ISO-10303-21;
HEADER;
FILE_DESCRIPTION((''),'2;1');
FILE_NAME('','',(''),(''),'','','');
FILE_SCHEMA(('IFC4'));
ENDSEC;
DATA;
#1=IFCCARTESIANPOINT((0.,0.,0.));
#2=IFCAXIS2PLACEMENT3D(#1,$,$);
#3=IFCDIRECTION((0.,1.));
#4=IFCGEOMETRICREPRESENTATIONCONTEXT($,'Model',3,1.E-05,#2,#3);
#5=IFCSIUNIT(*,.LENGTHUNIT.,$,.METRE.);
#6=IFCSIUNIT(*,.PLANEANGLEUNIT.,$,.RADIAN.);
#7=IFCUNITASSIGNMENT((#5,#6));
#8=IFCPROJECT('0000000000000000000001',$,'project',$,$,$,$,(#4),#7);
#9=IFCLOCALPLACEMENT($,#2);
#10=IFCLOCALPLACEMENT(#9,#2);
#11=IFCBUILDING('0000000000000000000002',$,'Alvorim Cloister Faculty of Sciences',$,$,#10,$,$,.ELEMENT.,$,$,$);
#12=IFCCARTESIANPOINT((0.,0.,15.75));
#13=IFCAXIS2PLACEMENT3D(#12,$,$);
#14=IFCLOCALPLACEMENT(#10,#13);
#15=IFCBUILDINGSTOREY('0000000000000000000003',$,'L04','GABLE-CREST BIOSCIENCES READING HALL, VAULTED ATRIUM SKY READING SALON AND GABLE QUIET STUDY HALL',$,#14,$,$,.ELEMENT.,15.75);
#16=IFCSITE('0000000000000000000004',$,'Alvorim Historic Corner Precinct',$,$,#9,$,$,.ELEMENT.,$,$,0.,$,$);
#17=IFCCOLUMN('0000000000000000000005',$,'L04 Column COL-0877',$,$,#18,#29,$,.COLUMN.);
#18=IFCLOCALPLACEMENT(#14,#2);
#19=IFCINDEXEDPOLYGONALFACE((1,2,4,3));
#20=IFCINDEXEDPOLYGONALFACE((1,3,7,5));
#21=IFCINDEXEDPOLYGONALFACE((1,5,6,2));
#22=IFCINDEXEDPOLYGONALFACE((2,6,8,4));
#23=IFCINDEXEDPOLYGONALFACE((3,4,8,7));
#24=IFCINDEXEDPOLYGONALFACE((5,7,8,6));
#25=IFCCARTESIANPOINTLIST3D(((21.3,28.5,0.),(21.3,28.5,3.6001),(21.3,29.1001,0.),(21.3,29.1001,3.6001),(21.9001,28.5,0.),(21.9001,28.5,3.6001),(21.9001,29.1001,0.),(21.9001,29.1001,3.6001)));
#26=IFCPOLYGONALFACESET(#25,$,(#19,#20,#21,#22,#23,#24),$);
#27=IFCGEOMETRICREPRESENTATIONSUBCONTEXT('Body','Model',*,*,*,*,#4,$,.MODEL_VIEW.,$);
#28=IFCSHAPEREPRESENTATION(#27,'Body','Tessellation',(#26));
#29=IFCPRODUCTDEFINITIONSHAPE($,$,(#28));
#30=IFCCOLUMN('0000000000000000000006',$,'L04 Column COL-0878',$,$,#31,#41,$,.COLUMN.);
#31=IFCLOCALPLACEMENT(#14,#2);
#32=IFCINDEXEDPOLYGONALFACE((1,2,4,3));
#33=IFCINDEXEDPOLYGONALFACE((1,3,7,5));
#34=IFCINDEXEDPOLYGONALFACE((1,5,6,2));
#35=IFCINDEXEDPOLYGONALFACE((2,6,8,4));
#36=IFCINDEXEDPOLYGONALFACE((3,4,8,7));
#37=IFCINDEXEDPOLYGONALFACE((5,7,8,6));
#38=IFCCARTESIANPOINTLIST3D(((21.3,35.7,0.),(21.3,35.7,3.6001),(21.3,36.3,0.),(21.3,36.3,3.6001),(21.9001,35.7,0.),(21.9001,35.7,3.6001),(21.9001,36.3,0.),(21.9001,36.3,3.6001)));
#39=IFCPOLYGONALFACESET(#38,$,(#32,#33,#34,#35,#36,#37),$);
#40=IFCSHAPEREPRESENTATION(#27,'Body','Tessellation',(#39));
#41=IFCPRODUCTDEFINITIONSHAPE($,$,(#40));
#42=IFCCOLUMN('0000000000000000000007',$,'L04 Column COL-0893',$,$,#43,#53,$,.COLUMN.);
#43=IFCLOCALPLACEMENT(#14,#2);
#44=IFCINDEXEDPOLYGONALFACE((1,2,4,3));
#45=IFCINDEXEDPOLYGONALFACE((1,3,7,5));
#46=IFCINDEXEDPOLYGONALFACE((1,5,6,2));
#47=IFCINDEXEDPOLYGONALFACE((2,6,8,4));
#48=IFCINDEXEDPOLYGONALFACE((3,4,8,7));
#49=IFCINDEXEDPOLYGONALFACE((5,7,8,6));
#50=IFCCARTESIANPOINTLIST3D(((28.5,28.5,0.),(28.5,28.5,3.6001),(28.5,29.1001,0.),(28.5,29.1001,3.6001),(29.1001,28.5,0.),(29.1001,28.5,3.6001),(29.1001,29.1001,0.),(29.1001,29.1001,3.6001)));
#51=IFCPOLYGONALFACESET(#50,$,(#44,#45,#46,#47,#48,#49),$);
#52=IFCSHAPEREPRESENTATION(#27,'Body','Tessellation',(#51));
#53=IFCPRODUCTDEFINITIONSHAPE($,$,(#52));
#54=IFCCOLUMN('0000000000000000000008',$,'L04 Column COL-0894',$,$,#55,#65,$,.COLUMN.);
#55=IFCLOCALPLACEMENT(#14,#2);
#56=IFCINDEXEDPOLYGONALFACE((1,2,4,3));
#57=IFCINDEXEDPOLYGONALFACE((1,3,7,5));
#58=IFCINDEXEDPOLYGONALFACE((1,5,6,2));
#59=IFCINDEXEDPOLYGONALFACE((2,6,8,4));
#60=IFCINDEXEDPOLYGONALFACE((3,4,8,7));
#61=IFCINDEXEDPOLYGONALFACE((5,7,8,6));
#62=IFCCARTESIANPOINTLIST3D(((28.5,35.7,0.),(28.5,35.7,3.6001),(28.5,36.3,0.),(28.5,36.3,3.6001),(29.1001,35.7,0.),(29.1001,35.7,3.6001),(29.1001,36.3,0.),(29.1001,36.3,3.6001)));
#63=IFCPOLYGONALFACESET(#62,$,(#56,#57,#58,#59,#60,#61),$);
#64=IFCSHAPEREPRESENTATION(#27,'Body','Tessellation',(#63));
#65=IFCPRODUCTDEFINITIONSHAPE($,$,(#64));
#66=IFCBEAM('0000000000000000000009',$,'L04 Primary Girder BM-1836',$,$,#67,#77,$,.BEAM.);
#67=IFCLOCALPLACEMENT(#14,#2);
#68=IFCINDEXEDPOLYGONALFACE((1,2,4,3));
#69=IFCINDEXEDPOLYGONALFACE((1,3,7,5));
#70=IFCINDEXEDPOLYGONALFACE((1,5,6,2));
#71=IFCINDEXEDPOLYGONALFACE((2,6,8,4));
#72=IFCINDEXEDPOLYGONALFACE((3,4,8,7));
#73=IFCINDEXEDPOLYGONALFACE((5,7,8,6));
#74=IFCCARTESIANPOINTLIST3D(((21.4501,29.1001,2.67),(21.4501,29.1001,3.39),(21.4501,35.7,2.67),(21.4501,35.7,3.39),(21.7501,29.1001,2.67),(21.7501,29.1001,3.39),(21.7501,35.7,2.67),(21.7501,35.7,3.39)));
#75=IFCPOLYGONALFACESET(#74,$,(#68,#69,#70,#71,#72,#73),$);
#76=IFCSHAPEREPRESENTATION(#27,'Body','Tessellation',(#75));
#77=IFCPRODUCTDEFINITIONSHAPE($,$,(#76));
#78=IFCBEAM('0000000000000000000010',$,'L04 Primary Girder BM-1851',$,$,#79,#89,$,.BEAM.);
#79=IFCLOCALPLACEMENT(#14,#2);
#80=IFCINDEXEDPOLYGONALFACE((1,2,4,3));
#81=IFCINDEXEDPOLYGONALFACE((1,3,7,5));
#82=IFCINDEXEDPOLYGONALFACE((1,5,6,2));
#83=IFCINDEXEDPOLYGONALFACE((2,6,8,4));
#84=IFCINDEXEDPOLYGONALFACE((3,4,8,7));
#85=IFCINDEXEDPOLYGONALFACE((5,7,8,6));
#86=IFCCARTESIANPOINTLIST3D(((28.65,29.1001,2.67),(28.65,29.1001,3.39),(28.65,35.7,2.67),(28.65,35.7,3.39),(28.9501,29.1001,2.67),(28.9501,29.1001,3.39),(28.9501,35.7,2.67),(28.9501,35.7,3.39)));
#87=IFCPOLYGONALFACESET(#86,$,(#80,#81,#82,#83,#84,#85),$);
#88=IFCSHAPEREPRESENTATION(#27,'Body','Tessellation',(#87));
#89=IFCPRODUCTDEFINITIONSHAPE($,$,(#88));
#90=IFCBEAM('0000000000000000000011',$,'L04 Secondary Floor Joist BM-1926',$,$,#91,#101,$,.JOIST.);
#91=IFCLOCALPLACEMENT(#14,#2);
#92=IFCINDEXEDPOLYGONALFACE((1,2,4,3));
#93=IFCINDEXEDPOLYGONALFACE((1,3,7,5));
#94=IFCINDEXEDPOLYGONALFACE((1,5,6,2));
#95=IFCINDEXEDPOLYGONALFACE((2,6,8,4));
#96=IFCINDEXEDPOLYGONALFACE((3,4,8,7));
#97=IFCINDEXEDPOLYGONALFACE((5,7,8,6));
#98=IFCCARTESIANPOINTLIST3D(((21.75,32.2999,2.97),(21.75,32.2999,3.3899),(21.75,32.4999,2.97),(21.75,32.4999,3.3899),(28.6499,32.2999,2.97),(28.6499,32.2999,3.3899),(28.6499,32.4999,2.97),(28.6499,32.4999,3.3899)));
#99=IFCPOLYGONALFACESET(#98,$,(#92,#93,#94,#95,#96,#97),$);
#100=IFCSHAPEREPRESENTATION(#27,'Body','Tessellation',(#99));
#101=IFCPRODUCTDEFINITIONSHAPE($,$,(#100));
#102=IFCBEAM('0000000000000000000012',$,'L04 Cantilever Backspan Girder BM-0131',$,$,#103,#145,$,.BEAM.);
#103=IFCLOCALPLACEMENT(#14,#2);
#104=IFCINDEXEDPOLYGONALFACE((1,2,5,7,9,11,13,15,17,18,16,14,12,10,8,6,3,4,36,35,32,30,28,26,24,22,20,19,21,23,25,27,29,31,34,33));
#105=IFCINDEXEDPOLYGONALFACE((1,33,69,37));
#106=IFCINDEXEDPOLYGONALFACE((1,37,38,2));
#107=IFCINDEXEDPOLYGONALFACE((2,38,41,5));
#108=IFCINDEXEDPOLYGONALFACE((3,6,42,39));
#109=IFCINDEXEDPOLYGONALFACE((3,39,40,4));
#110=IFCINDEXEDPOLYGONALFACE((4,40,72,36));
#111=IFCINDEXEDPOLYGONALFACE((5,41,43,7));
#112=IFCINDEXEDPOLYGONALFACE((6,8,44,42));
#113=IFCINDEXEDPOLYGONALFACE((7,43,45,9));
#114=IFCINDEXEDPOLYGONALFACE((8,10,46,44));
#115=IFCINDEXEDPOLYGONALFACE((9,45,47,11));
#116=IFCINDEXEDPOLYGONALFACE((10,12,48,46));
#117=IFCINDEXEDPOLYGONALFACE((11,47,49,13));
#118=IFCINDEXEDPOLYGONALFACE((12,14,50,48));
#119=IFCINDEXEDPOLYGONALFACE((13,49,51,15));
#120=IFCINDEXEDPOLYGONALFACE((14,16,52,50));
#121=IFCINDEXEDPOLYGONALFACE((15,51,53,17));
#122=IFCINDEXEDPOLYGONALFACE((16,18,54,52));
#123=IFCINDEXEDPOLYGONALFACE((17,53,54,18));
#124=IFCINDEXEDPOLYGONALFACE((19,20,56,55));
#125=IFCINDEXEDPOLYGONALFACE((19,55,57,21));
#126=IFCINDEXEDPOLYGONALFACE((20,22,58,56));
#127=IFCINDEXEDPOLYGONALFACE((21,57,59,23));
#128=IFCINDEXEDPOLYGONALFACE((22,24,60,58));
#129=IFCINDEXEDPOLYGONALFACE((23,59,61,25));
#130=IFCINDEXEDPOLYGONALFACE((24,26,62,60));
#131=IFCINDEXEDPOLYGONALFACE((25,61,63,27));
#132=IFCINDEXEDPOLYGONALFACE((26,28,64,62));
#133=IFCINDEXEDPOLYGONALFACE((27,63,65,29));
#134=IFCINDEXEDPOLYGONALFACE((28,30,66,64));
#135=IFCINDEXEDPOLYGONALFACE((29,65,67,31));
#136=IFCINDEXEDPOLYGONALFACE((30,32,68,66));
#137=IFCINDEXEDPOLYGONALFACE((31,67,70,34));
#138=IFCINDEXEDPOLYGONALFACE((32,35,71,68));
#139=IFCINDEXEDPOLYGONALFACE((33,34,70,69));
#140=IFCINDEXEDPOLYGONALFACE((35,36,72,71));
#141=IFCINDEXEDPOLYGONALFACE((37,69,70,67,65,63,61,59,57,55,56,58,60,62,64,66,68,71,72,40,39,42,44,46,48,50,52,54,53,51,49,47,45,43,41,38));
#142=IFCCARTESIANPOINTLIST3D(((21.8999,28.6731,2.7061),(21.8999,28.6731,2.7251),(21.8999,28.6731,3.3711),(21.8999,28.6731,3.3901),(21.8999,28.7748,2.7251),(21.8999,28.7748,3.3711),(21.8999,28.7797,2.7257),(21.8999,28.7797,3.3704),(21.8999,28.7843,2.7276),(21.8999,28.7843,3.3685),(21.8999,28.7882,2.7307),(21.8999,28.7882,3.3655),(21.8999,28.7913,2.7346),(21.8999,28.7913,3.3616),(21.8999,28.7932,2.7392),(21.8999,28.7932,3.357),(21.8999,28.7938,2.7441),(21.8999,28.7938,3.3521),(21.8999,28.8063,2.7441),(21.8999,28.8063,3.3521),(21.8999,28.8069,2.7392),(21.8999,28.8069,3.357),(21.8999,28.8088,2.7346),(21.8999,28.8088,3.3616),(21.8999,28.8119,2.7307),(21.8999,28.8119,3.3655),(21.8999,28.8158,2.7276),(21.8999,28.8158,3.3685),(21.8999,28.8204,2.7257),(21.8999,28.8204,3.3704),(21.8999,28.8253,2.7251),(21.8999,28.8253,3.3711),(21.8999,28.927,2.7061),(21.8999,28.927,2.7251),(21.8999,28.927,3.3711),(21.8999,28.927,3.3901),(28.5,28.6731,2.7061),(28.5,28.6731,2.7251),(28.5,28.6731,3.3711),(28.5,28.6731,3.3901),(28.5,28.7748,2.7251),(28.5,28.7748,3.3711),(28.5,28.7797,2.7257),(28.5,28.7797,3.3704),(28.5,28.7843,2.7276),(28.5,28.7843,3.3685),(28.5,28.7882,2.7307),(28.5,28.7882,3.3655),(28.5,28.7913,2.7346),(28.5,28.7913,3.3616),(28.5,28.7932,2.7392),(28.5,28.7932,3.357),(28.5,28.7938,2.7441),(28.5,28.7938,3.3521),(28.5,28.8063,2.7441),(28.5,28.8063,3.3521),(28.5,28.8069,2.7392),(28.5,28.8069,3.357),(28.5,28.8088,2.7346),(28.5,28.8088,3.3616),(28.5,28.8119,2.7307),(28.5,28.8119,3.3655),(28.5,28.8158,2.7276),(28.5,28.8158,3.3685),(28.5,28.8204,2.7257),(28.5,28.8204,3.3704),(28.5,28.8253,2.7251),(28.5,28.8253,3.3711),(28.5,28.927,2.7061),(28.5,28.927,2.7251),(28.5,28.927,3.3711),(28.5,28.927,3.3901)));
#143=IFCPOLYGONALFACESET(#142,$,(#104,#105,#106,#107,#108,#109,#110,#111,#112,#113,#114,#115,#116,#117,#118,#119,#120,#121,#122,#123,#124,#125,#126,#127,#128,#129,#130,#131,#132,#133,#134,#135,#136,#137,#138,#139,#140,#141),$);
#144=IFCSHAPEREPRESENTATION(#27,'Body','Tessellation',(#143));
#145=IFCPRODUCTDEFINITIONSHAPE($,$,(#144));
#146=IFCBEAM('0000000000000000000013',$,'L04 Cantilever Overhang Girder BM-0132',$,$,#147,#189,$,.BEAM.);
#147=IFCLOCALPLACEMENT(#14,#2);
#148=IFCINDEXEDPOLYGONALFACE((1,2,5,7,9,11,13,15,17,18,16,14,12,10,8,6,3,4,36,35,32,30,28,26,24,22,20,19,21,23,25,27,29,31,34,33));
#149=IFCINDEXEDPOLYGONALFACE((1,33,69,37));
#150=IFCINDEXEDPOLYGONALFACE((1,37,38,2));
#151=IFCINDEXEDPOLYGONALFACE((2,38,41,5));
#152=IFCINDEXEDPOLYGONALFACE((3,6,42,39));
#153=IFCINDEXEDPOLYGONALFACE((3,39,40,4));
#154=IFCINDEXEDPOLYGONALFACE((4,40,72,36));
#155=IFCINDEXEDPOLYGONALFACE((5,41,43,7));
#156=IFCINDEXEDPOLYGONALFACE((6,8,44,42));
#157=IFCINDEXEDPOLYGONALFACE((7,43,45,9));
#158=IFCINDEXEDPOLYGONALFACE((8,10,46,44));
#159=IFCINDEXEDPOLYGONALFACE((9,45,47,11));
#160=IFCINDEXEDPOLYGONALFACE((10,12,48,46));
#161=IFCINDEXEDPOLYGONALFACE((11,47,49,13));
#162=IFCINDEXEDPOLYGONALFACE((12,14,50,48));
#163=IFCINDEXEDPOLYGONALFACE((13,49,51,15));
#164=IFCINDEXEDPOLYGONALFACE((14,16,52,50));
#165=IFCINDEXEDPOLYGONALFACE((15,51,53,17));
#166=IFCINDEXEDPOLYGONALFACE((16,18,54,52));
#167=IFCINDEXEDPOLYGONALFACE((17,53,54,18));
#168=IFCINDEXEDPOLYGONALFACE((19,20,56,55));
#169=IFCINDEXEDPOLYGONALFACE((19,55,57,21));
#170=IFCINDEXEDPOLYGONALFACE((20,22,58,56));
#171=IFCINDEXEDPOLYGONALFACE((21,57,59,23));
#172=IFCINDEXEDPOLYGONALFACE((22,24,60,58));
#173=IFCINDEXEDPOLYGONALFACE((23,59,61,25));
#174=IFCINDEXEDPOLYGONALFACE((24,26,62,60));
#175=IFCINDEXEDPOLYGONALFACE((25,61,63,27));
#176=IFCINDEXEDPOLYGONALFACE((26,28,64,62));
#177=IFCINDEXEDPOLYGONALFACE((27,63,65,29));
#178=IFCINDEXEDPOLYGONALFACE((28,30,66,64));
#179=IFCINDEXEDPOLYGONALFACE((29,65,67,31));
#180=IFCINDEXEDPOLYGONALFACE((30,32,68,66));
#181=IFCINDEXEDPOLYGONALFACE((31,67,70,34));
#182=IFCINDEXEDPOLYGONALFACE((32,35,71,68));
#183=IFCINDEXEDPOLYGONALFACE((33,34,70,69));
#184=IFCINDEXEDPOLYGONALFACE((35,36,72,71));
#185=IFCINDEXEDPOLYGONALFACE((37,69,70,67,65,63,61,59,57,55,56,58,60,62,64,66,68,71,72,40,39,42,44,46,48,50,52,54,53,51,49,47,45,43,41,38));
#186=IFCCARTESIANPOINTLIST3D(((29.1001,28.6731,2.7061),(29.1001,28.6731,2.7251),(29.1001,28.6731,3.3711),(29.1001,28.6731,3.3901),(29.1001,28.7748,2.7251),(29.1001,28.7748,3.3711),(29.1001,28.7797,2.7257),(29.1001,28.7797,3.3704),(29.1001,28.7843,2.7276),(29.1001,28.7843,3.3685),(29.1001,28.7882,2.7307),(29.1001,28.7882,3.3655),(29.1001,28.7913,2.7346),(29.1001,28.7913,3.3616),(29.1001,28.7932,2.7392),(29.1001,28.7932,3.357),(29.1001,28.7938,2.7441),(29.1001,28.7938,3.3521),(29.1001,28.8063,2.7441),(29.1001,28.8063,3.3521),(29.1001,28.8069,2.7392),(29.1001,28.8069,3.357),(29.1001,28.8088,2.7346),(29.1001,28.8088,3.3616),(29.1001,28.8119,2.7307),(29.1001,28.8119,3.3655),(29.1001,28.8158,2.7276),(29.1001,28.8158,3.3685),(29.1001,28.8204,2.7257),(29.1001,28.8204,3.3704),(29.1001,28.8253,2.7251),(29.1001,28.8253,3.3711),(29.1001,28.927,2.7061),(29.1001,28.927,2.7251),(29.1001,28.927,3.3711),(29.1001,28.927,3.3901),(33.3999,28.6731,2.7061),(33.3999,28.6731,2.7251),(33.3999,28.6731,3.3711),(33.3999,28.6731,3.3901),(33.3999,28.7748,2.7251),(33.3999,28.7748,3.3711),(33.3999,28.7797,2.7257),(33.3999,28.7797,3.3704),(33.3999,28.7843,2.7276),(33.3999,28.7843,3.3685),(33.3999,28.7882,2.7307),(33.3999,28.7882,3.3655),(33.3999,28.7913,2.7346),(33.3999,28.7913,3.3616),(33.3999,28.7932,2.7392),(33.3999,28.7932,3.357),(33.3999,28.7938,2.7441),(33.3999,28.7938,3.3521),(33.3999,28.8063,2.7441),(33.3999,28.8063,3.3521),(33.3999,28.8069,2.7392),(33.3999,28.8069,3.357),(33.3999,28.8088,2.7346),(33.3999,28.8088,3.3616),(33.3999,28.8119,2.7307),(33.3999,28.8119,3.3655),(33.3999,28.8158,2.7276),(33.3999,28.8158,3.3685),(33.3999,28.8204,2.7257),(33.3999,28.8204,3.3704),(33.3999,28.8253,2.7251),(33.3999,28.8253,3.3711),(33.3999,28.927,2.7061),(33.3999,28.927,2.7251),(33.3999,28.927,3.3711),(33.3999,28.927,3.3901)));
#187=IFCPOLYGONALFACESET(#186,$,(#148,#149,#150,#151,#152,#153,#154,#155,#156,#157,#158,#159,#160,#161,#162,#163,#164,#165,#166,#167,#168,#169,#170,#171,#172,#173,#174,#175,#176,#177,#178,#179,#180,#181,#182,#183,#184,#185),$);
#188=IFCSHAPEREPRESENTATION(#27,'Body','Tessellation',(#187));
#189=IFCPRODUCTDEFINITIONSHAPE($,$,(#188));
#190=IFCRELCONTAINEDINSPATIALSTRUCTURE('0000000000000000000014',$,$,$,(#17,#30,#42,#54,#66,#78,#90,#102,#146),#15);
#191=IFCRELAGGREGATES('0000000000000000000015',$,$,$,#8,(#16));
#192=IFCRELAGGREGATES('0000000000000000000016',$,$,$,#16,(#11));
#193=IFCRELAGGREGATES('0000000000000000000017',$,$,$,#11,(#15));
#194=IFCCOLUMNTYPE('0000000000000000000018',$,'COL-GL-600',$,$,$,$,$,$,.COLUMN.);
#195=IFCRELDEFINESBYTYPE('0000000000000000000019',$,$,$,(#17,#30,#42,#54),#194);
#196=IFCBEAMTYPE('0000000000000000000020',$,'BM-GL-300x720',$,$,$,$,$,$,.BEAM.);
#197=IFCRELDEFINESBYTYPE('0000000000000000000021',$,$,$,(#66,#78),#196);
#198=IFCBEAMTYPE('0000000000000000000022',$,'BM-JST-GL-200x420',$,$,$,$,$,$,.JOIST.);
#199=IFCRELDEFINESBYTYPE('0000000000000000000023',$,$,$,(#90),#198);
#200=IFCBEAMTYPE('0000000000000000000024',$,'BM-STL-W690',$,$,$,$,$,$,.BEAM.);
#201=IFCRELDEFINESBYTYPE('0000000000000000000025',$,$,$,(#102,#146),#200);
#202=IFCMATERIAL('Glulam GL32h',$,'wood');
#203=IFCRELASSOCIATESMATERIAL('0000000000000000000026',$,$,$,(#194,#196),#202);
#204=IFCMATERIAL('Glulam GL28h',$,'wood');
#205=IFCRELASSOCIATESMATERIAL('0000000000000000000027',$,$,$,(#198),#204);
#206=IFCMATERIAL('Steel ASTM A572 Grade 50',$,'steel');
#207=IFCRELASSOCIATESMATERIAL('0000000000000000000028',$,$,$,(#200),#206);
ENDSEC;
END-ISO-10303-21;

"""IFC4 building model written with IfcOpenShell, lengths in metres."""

from ifc_helpers import new_model, si_unit, direction, frame, origin, origin_2d, place, context, subcontext, project, spatial, rectangle, i_section, extrude, material, material_profile, profile_set, type_object, element, save


model = new_model("IFC4")

# Units and contexts
model_context = context("Model", 3, precision=1e-05, world=origin(), true_north=direction((0.0, 1.0)))
body_context = subcontext(model_context, "Body", "Model", "MODEL_VIEW")
ifc_project = project(units=[si_unit("LENGTHUNIT", "METRE"), si_unit("PLANEANGLEUNIT", "RADIAN")], contexts=[model_context])

# Site, building, storey
site_placement = place(None, origin())
site = spatial("IfcSite", under=ifc_project, at=site_placement, Name="Alvorim Historic Corner Precinct", CompositionType="ELEMENT", RefElevation=0.0)
building_placement = place(site_placement, origin())
building = spatial("IfcBuilding", under=site, at=building_placement, Name="Alvorim Cloister Faculty of Sciences", CompositionType="ELEMENT")
storey_placement = place(building_placement, frame((0.0, 0.0, 15.75)))
storey = spatial("IfcBuildingStorey", under=building, at=storey_placement, Name="L04", Description="GABLE-CREST BIOSCIENCES READING HALL, VAULTED ATRIUM SKY READING SALON AND GABLE QUIET STUDY HALL", CompositionType="ELEMENT", Elevation=15.75)

# Columns
ifc_material_1 = material(Name="Glulam GL32h", Category="wood")
ifc_material_profile_1 = material_profile(ifc_material_1, rectangle(XDim=0.6001, YDim=0.6001, at=origin_2d()), Name="GL32-COL-600x600")
ifc_profile_set_1 = profile_set([ifc_material_profile_1], Name="Glulam GL32h")
column_type = type_object("IfcColumnType", Name="COL-GL-600", PredefinedType="COLUMN", material=ifc_profile_set_1)
for number, where, z_axis, x_axis, name in (
    (1, (21.6001, 28.8, 0.0), (0.0, 0.0, 1.0), (1.0, 0.0, 0.0), "L04 Column COL-0877"),
    (2, (21.6001, 36.0, 0.0), (0.0, 0.0, 1.0), (1.0, 0.0, 0.0), "L04 Column COL-0878"),
    (3, (28.8, 28.8, 0.0), (0.0, 0.0, 1.0), (1.0, 0.0, 0.0), "L04 Column COL-0893"),
    (4, (28.8, 36.0, 0.0), (0.0, 0.0, 1.0), (1.0, 0.0, 0.0), "L04 Column COL-0894"),
):
    element("IfcColumn", number, at=place(storey_placement, frame(where, z_axis=z_axis, x_axis=x_axis)), inside=storey, type_object=column_type, Name=name, PredefinedType="COLUMN", context=body_context, shape_type="SweptSolid", body=[
        extrude(rectangle(XDim=0.6001, YDim=0.6001, at=origin_2d()), origin(), (0.0, 0.0, 1.0), 3.6001),
    ])

# Beams
ifc_material_profile_2 = material_profile(ifc_material_1, rectangle(XDim=0.3, YDim=0.72, at=origin_2d()), Name="GL32-BM-300x720")
ifc_profile_set_2 = profile_set([ifc_material_profile_2], Name="Glulam GL32h")
beam_type_1 = type_object("IfcBeamType", Name="BM-GL-300x720", PredefinedType="BEAM", material=ifc_profile_set_2)
for number, where, z_axis, x_axis, name in (
    (5, (21.6001, 29.1001, 3.03), (0.0, 1.0, 0.0), (-1.0, 0.0, 0.0), "L04 Primary Girder BM-1836"),
    (6, (28.8, 29.1001, 3.03), (0.0, 1.0, 0.0), (-1.0, 0.0, 0.0), "L04 Primary Girder BM-1851"),
):
    element("IfcBeam", number, at=place(storey_placement, frame(where, z_axis=z_axis, x_axis=x_axis)), inside=storey, type_object=beam_type_1, Name=name, PredefinedType="BEAM", context=body_context, shape_type="SweptSolid", body=[
        extrude(rectangle(XDim=0.3, YDim=0.72, at=origin_2d()), origin(), (0.0, 0.0, 1.0), 6.5999),
    ])
ifc_material_2 = material(Name="Glulam GL28h", Category="wood")
ifc_material_profile_3 = material_profile(ifc_material_2, rectangle(XDim=0.2, YDim=0.4199, at=origin_2d()), Name="GL28-JST-200x420")
ifc_profile_set_3 = profile_set([ifc_material_profile_3], Name="Glulam GL28h")
beam_type_2 = type_object("IfcBeamType", Name="BM-JST-GL-200x420", PredefinedType="JOIST", material=ifc_profile_set_3)
beam_1_placement = place(storey_placement, frame((21.75, 32.3999, 3.1799), z_axis=(1.0, 0.0, 0.0), x_axis=(0.0, 1.0, 0.0)))
element("IfcBeam", 7, at=beam_1_placement, inside=storey, type_object=beam_type_2, Name="L04 Secondary Floor Joist BM-1926", PredefinedType="JOIST", context=body_context, shape_type="SweptSolid", body=[
    extrude(rectangle(XDim=0.2, YDim=0.4199, at=origin_2d()), origin(), (0.0, 0.0, 1.0), 6.8999),
])
ifc_material_3 = material(Name="Steel ASTM A572 Grade 50", Category="steel")
ifc_material_profile_4 = material_profile(ifc_material_3, i_section(OverallWidth=0.2539, OverallDepth=0.6841, WebThickness=0.0125, FlangeThickness=0.019, FilletRadius=0.019, at=origin_2d()), Name="W690x140.0")
ifc_profile_set_4 = profile_set([ifc_material_profile_4], Name="Steel ASTM A572 Grade 50")
beam_type_3 = type_object("IfcBeamType", Name="BM-STL-W690", PredefinedType="BEAM", material=ifc_profile_set_4)
beam_2_placement = place(storey_placement, frame((21.8999, 28.8, 3.0481), z_axis=(1.0, 0.0, 0.0), x_axis=(0.0, 1.0, 0.0)))
element("IfcBeam", 8, at=beam_2_placement, inside=storey, type_object=beam_type_3, Name="L04 Cantilever Backspan Girder BM-0131", PredefinedType="BEAM", context=body_context, shape_type="SweptSolid", body=[
    extrude(i_section(OverallWidth=0.2539, OverallDepth=0.6841, WebThickness=0.0125, FlangeThickness=0.019, FilletRadius=0.019, at=origin_2d()), origin(), (0.0, 0.0, 1.0), 6.6001),
])
beam_3_placement = place(storey_placement, frame((29.1001, 28.8, 3.0481), z_axis=(1.0, 0.0, 0.0), x_axis=(0.0, 1.0, 0.0)))
element("IfcBeam", 9, at=beam_3_placement, inside=storey, type_object=beam_type_3, Name="L04 Cantilever Overhang Girder BM-0132", PredefinedType="BEAM", context=body_context, shape_type="SweptSolid", body=[
    extrude(i_section(OverallWidth=0.2539, OverallDepth=0.6841, WebThickness=0.0125, FlangeThickness=0.019, FilletRadius=0.019, at=origin_2d()), origin(), (0.0, 0.0, 1.0), 4.2998),
])

save(model, "model.ifc")
